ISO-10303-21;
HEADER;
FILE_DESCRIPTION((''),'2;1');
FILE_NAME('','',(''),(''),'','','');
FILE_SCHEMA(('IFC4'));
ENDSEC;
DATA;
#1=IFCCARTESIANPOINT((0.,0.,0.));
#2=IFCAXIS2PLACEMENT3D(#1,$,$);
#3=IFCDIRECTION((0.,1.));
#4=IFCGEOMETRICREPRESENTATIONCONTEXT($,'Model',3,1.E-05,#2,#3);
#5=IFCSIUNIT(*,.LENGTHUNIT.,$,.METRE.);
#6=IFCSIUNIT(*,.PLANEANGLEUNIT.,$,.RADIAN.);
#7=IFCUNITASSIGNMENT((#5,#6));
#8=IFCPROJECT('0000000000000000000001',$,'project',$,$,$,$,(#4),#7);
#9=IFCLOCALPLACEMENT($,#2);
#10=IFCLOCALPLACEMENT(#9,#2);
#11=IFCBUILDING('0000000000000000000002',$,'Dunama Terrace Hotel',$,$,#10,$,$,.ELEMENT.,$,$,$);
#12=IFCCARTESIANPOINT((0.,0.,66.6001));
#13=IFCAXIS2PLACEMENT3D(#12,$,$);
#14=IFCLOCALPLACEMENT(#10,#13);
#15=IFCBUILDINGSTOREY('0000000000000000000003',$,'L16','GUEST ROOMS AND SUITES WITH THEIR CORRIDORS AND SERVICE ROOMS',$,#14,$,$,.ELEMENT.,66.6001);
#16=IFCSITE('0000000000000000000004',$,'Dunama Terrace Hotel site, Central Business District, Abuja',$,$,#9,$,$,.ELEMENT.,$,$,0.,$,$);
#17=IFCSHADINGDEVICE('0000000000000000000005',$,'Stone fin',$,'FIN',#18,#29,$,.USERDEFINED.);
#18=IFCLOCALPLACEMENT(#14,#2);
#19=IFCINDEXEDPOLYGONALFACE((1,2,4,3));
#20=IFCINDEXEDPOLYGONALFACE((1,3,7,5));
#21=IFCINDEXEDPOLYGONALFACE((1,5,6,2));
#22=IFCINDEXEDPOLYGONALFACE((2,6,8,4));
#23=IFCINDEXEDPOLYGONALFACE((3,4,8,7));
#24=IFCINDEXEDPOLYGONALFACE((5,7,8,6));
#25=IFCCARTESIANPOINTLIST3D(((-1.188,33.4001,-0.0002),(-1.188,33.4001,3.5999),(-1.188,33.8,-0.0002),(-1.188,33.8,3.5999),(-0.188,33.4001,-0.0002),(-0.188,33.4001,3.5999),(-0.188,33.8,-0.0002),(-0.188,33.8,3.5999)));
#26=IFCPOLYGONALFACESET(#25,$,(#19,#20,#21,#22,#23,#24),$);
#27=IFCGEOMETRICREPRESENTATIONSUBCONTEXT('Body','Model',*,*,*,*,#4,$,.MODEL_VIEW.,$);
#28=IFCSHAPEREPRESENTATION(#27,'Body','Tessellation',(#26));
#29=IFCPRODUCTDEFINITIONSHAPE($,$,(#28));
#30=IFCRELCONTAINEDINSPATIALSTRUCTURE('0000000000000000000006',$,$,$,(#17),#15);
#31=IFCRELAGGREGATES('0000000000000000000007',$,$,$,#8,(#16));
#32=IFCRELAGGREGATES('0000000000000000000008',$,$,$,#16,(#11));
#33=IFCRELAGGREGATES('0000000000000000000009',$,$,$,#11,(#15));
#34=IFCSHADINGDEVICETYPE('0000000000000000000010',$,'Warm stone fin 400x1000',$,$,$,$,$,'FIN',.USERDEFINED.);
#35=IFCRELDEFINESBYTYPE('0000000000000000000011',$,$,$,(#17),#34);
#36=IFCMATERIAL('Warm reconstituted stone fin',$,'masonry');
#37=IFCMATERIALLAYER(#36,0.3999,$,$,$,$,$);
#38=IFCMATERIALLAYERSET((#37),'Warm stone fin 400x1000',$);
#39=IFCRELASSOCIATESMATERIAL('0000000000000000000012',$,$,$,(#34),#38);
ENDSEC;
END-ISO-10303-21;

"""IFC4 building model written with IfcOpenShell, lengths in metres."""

from ifc_helpers import new_model, si_unit, direction, frame, origin, origin_2d, place, context, subcontext, project, spatial, rectangle, extrude, material, layer, layer_set, type_object, element, save


model = new_model("IFC4")

# Units and contexts
model_context = context("Model", 3, precision=1e-05, world=origin(), true_north=direction((0.0, 1.0)))
body_context = subcontext(model_context, "Body", "Model", "MODEL_VIEW")
ifc_project = project(units=[si_unit("LENGTHUNIT", "METRE"), si_unit("PLANEANGLEUNIT", "RADIAN")], contexts=[model_context])

# Site, building, storey
site_placement = place(None, origin())
site = spatial("IfcSite", under=ifc_project, at=site_placement, Name="Dunama Terrace Hotel site, Central Business District, Abuja", CompositionType="ELEMENT", RefElevation=0.0)
building_placement = place(site_placement, origin())
building = spatial("IfcBuilding", under=site, at=building_placement, Name="Dunama Terrace Hotel", CompositionType="ELEMENT")
storey_placement = place(building_placement, frame((0.0, 0.0, 66.6001)))
storey = spatial("IfcBuildingStorey", under=building, at=storey_placement, Name="L16", Description="GUEST ROOMS AND SUITES WITH THEIR CORRIDORS AND SERVICE ROOMS", CompositionType="ELEMENT", Elevation=66.6001)

# Shading device
ifc_material_1 = material(Name="Warm reconstituted stone fin", Category="masonry")
ifc_layer_1 = layer(ifc_material_1, 0.3999)
ifc_layer_set_1 = layer_set([ifc_layer_1], Name="Warm stone fin 400x1000")
shading_device_type = type_object("IfcShadingDeviceType", Name="Warm stone fin 400x1000", ElementType="FIN", PredefinedType="USERDEFINED", material=ifc_layer_set_1)
for number, where, z_axis, x_axis, name in (
    (1, (-0.688, 33.6001, -0.0002), (0.0, 0.0, 1.0), (0.0, -1.0, 0.0), "Stone fin"),
):
    element("IfcShadingDevice", number, at=place(storey_placement, frame(where, z_axis=z_axis, x_axis=x_axis)), inside=storey, type_object=shading_device_type, Name=name, ObjectType="FIN", PredefinedType="USERDEFINED", context=body_context, shape_type="SweptSolid", body=[
        extrude(rectangle(XDim=0.3999, YDim=1.0, at=origin_2d()), origin(), (0.0, 0.0, 1.0), 3.6001),
    ])

save(model, "model.ifc")
